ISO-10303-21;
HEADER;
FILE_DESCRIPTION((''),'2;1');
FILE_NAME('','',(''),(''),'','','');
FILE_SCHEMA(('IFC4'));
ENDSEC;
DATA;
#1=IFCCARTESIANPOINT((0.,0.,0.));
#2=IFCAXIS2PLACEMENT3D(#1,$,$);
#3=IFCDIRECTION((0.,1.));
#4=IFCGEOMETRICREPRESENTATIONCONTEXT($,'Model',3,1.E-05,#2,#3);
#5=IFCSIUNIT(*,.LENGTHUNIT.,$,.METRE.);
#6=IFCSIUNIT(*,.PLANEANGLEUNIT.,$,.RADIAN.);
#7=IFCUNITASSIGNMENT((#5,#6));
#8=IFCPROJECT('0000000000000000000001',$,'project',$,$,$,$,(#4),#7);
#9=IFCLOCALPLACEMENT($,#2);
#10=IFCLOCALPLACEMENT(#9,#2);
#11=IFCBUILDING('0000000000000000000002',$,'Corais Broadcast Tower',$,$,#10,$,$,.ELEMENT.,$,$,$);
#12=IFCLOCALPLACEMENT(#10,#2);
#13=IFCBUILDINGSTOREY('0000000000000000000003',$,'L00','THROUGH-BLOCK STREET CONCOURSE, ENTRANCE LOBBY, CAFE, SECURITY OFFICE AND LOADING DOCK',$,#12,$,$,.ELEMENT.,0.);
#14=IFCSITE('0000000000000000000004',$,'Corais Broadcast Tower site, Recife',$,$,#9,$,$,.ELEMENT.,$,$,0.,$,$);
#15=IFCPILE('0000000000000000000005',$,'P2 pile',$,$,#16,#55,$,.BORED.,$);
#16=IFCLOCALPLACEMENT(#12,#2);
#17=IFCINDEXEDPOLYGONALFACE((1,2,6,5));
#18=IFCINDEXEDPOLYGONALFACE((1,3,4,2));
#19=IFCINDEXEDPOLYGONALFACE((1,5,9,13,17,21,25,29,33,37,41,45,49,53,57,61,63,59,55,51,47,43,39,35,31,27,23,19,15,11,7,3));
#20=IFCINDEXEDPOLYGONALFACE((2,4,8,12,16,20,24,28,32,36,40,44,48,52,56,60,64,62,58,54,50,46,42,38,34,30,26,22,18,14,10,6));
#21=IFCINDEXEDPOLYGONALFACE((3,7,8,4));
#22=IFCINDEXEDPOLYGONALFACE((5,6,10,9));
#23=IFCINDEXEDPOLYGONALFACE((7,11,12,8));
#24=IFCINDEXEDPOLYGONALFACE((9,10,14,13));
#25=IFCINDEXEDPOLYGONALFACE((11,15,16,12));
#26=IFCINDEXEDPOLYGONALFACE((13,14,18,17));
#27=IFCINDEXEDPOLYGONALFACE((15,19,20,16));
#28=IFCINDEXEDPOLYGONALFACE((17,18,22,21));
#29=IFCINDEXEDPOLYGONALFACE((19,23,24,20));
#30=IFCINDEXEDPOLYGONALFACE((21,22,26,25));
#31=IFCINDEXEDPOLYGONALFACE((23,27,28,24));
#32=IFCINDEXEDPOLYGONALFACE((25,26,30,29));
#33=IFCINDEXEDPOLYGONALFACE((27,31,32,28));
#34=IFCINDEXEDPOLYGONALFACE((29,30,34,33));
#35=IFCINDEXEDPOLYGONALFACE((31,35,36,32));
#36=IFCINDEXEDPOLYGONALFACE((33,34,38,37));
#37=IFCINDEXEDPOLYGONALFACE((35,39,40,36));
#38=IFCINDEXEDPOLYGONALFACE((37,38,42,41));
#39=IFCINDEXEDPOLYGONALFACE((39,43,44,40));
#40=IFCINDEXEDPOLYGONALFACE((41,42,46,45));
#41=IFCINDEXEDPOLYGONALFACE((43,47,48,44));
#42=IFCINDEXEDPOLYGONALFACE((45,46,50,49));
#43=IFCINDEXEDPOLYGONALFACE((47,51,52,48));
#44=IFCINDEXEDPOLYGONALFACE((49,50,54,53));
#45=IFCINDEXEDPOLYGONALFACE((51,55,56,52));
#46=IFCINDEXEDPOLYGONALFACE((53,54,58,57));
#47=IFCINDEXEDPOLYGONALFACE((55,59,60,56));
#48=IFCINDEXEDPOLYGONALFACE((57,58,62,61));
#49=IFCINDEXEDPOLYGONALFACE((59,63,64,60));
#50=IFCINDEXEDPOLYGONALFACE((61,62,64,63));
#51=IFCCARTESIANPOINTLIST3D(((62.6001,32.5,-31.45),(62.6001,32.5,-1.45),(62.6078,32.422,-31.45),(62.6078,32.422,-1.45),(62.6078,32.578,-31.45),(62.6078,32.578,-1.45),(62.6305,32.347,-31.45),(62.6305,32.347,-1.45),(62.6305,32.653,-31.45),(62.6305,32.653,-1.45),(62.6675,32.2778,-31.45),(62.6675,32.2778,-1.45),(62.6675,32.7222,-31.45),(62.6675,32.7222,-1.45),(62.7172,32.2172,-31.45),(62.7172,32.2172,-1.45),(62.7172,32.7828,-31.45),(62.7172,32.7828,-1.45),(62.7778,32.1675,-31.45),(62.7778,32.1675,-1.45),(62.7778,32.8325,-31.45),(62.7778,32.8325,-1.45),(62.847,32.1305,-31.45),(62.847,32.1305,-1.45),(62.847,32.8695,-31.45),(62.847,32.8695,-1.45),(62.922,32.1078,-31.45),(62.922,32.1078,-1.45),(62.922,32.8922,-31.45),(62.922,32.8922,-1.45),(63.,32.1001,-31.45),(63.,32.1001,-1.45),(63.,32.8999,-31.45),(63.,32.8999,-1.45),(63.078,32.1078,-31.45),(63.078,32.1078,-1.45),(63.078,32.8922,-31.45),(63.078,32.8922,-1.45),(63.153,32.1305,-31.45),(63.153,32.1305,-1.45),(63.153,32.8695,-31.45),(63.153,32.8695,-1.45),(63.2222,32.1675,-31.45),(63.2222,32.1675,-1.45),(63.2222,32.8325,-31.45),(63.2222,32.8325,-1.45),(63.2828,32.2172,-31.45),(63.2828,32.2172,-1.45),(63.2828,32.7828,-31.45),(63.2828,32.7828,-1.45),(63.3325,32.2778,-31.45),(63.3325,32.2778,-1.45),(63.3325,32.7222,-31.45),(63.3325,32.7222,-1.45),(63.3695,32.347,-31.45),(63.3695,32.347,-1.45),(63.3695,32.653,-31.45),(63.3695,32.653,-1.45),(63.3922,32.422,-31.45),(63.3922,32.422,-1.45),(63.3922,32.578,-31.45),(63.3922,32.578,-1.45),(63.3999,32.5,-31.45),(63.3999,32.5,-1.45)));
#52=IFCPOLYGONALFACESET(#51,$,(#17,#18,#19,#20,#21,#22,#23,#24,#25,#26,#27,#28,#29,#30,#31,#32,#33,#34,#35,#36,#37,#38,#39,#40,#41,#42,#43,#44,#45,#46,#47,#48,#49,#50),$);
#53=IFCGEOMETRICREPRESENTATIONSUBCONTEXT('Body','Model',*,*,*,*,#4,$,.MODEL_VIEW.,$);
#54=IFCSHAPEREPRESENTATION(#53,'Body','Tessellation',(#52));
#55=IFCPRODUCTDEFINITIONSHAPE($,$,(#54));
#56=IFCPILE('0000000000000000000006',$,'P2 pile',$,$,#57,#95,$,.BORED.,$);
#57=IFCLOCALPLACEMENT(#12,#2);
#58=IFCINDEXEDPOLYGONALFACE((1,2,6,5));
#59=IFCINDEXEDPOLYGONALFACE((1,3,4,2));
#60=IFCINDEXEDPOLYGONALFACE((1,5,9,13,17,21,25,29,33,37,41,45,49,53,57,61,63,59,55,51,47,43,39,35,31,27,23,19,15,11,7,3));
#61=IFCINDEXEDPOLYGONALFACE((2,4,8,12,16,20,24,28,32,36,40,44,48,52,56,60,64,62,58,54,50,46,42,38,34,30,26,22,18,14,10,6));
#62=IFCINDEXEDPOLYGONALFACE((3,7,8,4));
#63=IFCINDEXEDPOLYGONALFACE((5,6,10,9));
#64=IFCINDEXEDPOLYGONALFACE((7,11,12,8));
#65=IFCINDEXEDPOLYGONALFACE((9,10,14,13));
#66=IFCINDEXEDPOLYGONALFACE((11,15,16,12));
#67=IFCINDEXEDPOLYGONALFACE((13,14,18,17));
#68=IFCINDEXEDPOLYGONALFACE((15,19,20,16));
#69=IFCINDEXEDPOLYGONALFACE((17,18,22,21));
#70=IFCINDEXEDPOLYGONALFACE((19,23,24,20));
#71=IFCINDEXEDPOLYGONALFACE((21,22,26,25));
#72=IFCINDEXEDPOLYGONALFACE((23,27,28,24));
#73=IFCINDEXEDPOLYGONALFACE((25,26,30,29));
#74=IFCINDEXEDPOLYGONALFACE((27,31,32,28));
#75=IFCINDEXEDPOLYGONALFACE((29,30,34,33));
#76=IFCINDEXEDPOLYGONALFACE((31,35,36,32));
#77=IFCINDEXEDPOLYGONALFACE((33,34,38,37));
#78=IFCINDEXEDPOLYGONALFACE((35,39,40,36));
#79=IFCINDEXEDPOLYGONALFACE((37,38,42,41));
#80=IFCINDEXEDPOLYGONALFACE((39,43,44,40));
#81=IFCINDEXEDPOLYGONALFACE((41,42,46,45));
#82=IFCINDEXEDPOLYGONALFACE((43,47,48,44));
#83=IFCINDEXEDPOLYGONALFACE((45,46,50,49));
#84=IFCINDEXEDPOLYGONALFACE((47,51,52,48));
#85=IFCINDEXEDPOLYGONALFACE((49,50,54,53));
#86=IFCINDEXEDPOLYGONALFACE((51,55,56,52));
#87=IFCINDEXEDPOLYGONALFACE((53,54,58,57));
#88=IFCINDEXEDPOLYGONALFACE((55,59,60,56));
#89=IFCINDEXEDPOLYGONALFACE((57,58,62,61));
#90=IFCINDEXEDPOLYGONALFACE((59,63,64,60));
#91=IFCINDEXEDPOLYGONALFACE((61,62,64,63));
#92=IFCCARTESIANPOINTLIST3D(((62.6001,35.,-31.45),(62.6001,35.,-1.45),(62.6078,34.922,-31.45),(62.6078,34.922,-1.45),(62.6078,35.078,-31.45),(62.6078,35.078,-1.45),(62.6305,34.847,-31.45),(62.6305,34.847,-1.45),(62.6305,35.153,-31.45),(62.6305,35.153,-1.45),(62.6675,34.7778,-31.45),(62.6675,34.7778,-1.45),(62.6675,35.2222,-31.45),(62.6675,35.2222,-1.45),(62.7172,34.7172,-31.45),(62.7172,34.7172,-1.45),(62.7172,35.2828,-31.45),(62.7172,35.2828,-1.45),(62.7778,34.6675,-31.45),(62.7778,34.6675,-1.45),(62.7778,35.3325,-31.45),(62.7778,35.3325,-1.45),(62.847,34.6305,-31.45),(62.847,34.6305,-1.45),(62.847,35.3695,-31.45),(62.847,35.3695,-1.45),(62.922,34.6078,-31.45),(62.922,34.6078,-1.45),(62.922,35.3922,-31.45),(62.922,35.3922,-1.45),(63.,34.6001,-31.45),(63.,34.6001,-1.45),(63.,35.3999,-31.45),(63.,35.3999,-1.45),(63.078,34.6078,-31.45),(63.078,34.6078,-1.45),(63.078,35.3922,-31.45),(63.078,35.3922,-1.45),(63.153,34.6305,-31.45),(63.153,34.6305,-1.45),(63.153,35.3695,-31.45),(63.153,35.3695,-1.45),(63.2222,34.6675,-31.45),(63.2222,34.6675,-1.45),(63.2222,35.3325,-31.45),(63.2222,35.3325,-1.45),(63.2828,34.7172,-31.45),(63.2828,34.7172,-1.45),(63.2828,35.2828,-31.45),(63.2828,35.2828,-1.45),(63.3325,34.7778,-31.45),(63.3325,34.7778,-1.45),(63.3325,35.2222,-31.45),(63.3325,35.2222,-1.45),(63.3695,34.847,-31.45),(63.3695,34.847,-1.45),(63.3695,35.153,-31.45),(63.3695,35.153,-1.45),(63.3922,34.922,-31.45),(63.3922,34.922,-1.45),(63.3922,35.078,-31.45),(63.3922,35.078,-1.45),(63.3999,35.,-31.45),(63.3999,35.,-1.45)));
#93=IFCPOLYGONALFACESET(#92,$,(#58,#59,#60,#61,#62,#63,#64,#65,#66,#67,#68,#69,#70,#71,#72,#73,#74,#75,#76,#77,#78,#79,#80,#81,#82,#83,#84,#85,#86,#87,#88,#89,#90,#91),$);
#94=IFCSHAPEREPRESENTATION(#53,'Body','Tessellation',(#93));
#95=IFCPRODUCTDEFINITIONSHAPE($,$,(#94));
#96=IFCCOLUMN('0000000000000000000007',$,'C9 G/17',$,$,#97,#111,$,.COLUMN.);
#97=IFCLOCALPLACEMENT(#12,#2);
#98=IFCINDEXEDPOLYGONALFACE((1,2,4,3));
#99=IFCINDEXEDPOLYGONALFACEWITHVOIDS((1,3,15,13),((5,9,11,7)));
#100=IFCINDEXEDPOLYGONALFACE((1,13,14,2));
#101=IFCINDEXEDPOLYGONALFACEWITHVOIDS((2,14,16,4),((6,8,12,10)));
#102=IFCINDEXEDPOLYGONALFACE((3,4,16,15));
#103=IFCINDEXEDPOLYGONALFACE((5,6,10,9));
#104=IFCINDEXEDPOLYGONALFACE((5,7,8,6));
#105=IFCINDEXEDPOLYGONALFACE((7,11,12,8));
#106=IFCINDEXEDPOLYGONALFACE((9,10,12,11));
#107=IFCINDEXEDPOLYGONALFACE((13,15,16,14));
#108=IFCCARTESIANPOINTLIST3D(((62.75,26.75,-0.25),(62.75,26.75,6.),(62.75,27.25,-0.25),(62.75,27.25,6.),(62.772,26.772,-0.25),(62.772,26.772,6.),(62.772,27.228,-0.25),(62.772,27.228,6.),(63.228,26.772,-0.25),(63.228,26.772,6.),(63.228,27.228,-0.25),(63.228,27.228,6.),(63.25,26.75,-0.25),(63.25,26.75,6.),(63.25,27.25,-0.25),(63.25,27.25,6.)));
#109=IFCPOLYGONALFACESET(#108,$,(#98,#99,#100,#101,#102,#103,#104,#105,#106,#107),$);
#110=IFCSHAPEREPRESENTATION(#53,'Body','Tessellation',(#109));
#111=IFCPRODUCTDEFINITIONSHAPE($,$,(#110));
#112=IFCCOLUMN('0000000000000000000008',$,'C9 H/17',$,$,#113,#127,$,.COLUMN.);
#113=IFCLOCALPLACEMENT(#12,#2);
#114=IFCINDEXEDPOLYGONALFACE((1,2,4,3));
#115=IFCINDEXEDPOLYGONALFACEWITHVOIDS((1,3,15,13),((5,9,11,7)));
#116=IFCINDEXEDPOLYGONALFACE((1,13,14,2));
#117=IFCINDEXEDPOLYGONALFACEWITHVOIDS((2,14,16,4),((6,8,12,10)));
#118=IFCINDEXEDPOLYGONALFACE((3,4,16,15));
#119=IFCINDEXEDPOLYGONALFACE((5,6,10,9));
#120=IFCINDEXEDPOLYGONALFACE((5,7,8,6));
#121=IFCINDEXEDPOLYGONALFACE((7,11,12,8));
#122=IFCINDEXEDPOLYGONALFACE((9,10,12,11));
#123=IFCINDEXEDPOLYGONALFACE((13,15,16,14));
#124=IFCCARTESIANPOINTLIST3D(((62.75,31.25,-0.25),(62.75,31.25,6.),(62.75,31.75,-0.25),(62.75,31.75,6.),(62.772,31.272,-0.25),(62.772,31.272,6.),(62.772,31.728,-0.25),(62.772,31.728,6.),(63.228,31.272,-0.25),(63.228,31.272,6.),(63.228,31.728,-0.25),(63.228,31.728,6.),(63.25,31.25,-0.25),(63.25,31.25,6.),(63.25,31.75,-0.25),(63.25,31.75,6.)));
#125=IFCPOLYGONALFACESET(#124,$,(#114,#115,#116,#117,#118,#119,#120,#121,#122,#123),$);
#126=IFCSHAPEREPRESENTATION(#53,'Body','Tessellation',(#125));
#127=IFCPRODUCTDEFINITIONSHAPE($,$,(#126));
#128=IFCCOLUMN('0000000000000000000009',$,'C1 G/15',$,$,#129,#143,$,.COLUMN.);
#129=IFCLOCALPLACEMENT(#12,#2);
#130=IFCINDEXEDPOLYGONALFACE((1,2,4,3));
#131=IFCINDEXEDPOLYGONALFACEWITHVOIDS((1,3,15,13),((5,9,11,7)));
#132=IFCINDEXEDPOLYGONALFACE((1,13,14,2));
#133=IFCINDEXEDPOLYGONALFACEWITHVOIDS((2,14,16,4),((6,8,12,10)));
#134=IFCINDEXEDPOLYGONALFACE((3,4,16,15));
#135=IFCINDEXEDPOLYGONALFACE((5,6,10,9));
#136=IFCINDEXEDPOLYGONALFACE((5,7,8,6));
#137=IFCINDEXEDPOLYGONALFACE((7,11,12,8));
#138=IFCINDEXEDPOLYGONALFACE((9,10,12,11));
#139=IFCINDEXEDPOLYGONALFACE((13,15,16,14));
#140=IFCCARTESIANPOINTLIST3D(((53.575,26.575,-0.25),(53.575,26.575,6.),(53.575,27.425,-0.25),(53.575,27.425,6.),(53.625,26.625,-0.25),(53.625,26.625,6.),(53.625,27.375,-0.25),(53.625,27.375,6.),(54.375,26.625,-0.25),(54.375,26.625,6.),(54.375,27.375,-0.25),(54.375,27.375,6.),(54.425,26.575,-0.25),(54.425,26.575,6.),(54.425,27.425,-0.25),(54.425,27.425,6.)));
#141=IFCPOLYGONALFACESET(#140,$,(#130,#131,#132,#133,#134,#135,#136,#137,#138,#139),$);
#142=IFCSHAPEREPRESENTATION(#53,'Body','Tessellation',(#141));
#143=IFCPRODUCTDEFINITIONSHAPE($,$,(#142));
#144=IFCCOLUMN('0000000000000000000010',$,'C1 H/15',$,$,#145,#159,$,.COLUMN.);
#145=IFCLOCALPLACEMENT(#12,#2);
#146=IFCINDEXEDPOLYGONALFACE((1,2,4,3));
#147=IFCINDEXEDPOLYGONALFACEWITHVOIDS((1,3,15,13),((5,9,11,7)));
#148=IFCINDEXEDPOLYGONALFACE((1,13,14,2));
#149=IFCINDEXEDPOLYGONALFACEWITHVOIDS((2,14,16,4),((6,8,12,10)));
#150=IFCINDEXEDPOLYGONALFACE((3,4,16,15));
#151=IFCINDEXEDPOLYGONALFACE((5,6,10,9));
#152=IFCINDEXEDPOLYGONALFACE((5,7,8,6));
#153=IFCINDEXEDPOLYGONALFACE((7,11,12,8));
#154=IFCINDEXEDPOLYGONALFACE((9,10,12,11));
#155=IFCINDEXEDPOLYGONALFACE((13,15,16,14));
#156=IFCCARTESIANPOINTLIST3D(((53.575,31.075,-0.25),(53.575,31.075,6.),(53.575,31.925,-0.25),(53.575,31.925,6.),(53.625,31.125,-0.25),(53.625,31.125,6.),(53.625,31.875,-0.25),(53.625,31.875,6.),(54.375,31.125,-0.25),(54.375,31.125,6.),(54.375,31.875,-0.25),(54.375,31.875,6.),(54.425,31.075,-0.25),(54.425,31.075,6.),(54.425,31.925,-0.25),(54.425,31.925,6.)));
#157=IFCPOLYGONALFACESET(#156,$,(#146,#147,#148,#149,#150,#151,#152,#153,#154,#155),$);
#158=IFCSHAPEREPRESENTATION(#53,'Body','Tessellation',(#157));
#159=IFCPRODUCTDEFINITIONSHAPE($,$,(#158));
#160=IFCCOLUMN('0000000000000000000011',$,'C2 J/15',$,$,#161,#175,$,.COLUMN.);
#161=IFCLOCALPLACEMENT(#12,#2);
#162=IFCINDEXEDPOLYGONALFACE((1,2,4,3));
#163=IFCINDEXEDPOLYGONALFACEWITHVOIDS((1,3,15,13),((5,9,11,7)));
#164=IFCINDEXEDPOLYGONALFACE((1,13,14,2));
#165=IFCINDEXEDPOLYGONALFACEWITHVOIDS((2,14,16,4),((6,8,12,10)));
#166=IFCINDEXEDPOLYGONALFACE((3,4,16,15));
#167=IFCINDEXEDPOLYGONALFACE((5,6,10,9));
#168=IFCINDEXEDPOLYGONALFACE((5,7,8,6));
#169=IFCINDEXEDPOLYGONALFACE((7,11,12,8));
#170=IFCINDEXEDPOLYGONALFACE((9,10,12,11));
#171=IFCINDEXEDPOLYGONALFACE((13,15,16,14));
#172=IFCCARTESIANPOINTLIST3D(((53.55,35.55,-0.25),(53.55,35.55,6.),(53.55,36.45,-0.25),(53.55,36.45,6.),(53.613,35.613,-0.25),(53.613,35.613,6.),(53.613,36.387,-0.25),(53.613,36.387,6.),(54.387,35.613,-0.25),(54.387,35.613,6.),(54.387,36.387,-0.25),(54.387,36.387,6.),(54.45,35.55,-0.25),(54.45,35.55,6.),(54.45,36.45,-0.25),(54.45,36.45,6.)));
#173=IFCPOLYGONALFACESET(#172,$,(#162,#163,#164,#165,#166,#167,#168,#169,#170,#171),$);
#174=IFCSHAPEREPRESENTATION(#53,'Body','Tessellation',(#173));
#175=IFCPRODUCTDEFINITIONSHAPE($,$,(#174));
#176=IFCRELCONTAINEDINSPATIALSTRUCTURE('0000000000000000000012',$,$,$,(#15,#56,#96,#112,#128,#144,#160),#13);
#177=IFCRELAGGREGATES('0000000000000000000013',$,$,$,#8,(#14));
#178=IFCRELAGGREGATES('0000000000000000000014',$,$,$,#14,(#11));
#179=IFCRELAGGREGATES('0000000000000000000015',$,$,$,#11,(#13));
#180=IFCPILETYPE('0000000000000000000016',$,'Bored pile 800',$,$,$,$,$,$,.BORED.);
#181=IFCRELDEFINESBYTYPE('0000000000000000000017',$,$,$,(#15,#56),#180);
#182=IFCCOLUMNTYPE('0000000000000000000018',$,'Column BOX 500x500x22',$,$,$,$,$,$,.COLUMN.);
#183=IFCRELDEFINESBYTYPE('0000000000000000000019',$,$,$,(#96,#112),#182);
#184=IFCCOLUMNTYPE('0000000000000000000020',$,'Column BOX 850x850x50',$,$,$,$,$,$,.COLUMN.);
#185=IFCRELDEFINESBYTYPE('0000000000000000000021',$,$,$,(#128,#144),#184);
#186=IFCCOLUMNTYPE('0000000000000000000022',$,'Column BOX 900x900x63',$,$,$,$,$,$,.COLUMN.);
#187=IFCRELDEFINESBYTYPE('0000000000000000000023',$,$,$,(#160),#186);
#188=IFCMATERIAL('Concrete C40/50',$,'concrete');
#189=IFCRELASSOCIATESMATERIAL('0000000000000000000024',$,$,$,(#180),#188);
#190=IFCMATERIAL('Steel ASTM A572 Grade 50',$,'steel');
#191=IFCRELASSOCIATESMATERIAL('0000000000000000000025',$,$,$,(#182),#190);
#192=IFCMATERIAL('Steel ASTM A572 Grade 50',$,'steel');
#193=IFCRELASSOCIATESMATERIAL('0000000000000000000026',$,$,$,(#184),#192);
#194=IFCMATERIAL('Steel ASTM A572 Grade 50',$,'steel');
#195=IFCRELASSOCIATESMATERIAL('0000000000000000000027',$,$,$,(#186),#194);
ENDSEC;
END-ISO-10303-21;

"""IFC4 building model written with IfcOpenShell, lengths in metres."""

from ifc_helpers import new_model, si_unit, direction, frame, origin, origin_2d, place, context, subcontext, project, spatial, hollow_rectangle, circle, extrude, material, material_profile, profile_set, type_object, element, save


model = new_model("IFC4")

# Units and contexts
model_context = context("Model", 3, precision=1e-05, world=origin(), true_north=direction((0.0, 1.0)))
body_context = subcontext(model_context, "Body", "Model", "MODEL_VIEW")
ifc_project = project(units=[si_unit("LENGTHUNIT", "METRE"), si_unit("PLANEANGLEUNIT", "RADIAN")], contexts=[model_context])

# Site, building, storey
site_placement = place(None, origin())
site = spatial("IfcSite", under=ifc_project, at=site_placement, Name="Corais Broadcast Tower site, Recife", CompositionType="ELEMENT", RefElevation=0.0)
building_placement = place(site_placement, origin())
building = spatial("IfcBuilding", under=site, at=building_placement, Name="Corais Broadcast Tower", CompositionType="ELEMENT")
storey_placement = place(building_placement, origin())
storey = spatial("IfcBuildingStorey", under=building, at=storey_placement, Name="L00", Description="THROUGH-BLOCK STREET CONCOURSE, ENTRANCE LOBBY, CAFE, SECURITY OFFICE AND LOADING DOCK", CompositionType="ELEMENT", Elevation=0.0)

# Piles
ifc_material_1 = material(Name="Concrete C40/50", Category="concrete")
pile_type_1 = type_object("IfcPileType", Name="Bored pile 800", PredefinedType="BORED", material=ifc_material_1)
for number, where, z_axis, x_axis, name in (
    (1, (63.0, 32.5, -1.45), (0.0, 0.0, -1.0), (1.0, 0.0, 0.0), "P2 pile"),
    (2, (63.0, 35.0, -1.45), (0.0, 0.0, -1.0), (1.0, 0.0, 0.0), "P2 pile"),
):
    element("IfcPile", number, at=place(storey_placement, frame(where, z_axis=z_axis, x_axis=x_axis)), inside=storey, type_object=pile_type_1, Name=name, PredefinedType="BORED", context=body_context, shape_type="SweptSolid", body=[
        extrude(circle(Radius=0.3999, at=origin_2d()), origin(), (0.0, 0.0, 1.0), 30.0),
    ])

# Columns
ifc_material_2 = material(Name="Steel ASTM A572 Grade 50", Category="steel")
ifc_material_profile_1 = material_profile(ifc_material_2, hollow_rectangle(XDim=0.5, YDim=0.5, WallThickness=0.022, at=origin_2d()), Name="BOX 500x500x22")
ifc_profile_set_1 = profile_set([ifc_material_profile_1], Name="Steel ASTM A572 Grade 50")
column_type_1 = type_object("IfcColumnType", Name="Column BOX 500x500x22", PredefinedType="COLUMN", material=ifc_profile_set_1)
for number, where, z_axis, x_axis, name in (
    (3, (63.0, 27.0, -0.25), (0.0, 0.0, 1.0), (1.0, 0.0, 0.0), "C9 G/17"),
    (4, (63.0, 31.5, -0.25), (0.0, 0.0, 1.0), (1.0, 0.0, 0.0), "C9 H/17"),
):
    element("IfcColumn", number, at=place(storey_placement, frame(where, z_axis=z_axis, x_axis=x_axis)), inside=storey, type_object=column_type_1, Name=name, PredefinedType="COLUMN", context=body_context, shape_type="SweptSolid", body=[
        extrude(hollow_rectangle(XDim=0.5, YDim=0.5, WallThickness=0.022, at=origin_2d()), origin(), (0.0, 0.0, 1.0), 6.25),
    ])
ifc_material_3 = material(Name="Steel ASTM A572 Grade 50", Category="steel")
ifc_material_profile_2 = material_profile(ifc_material_3, hollow_rectangle(XDim=0.8501, YDim=0.8501, WallThickness=0.05, at=origin_2d()), Name="BOX 850x850x50")
ifc_profile_set_2 = profile_set([ifc_material_profile_2], Name="Steel ASTM A572 Grade 50")
column_type_2 = type_object("IfcColumnType", Name="Column BOX 850x850x50", PredefinedType="COLUMN", material=ifc_profile_set_2)
for number, where, z_axis, x_axis, name in (
    (5, (54.0, 27.0, -0.25), (0.0, 0.0, 1.0), (1.0, 0.0, 0.0), "C1 G/15"),
    (6, (54.0, 31.5, -0.25), (0.0, 0.0, 1.0), (1.0, 0.0, 0.0), "C1 H/15"),
):
    element("IfcColumn", number, at=place(storey_placement, frame(where, z_axis=z_axis, x_axis=x_axis)), inside=storey, type_object=column_type_2, Name=name, PredefinedType="COLUMN", context=body_context, shape_type="SweptSolid", body=[
        extrude(hollow_rectangle(XDim=0.8501, YDim=0.8501, WallThickness=0.05, at=origin_2d()), origin(), (0.0, 0.0, 1.0), 6.25),
    ])
ifc_material_4 = material(Name="Steel ASTM A572 Grade 50", Category="steel")
ifc_material_profile_3 = material_profile(ifc_material_4, hollow_rectangle(XDim=0.8999, YDim=0.8999, WallThickness=0.063, at=origin_2d()), Name="BOX 900x900x63")
ifc_profile_set_3 = profile_set([ifc_material_profile_3], Name="Steel ASTM A572 Grade 50")
column_type_3 = type_object("IfcColumnType", Name="Column BOX 900x900x63", PredefinedType="COLUMN", material=ifc_profile_set_3)
column_placement = place(storey_placement, frame((54.0, 36.0, -0.25), z_axis=(0.0, 0.0, 1.0), x_axis=(1.0, 0.0, 0.0)))
element("IfcColumn", 7, at=column_placement, inside=storey, type_object=column_type_3, Name="C2 J/15", PredefinedType="COLUMN", context=body_context, shape_type="SweptSolid", body=[
    extrude(hollow_rectangle(XDim=0.8999, YDim=0.8999, WallThickness=0.063, at=origin_2d()), origin(), (0.0, 0.0, 1.0), 6.25),
])

save(model, "model.ifc")
